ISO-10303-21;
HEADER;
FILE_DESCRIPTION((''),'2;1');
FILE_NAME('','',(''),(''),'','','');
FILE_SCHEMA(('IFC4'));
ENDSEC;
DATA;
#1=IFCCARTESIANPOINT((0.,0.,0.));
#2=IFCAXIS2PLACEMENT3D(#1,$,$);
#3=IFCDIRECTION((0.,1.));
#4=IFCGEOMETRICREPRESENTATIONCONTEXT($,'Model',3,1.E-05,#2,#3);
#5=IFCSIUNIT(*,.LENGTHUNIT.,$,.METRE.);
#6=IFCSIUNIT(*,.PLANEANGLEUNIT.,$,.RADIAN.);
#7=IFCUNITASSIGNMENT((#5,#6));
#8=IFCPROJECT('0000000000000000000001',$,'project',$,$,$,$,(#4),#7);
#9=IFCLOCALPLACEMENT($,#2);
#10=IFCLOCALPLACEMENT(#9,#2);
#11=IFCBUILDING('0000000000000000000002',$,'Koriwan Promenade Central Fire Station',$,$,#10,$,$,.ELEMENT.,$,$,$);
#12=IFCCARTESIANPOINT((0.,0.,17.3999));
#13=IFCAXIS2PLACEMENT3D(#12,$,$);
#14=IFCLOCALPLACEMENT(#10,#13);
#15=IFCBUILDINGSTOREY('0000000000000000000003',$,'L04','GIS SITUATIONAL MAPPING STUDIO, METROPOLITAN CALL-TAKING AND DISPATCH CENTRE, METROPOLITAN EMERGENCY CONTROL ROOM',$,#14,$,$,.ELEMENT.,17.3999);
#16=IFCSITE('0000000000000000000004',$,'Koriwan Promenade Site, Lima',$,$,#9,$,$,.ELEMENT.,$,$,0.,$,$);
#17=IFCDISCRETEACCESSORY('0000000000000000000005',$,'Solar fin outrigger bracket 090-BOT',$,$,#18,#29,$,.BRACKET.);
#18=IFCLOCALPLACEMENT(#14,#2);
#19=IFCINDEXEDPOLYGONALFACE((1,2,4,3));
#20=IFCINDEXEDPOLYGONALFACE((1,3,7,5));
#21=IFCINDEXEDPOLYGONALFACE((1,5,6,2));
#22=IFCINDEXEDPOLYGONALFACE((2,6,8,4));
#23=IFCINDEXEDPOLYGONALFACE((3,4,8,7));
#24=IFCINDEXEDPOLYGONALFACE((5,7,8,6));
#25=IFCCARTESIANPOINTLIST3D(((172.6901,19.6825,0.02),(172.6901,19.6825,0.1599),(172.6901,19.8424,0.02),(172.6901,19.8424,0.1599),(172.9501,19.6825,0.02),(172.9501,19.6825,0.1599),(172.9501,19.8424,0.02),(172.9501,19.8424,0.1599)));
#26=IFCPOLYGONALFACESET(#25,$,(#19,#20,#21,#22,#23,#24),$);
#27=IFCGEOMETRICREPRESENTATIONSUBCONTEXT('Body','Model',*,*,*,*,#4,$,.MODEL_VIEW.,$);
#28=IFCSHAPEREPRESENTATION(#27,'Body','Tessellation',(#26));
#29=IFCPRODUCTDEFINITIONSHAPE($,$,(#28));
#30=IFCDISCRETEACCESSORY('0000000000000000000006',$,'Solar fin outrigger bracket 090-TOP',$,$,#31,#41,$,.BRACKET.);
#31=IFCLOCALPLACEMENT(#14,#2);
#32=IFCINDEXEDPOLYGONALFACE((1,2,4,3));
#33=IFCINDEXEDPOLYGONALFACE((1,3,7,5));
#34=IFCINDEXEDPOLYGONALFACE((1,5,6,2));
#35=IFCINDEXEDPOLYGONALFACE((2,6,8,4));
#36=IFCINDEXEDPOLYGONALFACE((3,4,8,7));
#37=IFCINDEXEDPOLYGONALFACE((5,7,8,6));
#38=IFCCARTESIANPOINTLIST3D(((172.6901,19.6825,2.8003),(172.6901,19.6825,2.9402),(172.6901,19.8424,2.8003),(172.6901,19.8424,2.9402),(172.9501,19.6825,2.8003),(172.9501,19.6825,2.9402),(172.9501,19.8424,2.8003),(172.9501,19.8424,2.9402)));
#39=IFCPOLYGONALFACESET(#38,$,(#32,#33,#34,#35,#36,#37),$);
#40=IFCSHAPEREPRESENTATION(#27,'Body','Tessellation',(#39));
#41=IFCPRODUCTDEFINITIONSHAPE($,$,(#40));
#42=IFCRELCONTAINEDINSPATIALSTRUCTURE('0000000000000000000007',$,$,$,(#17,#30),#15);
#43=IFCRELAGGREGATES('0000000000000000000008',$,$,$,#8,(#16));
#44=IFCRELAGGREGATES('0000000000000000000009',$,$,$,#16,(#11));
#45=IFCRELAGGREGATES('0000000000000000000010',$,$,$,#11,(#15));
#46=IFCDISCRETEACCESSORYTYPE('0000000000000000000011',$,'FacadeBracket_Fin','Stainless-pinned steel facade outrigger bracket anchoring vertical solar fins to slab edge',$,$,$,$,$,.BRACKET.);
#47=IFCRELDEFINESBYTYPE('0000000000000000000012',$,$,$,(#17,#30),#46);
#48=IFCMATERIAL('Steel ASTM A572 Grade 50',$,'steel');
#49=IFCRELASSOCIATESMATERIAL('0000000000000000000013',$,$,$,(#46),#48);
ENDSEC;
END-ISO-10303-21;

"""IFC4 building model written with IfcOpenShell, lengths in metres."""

from ifc_helpers import new_model, si_unit, direction, frame, origin, origin_2d, place, context, subcontext, project, spatial, rectangle, extrude, material, type_object, element, save


model = new_model("IFC4")

# Units and contexts
model_context = context("Model", 3, precision=1e-05, world=origin(), true_north=direction((0.0, 1.0)))
body_context = subcontext(model_context, "Body", "Model", "MODEL_VIEW")
ifc_project = project(units=[si_unit("LENGTHUNIT", "METRE"), si_unit("PLANEANGLEUNIT", "RADIAN")], contexts=[model_context])

# Site, building, storey
site_placement = place(None, origin())
site = spatial("IfcSite", under=ifc_project, at=site_placement, Name="Koriwan Promenade Site, Lima", CompositionType="ELEMENT", RefElevation=0.0)
building_placement = place(site_placement, origin())
building = spatial("IfcBuilding", under=site, at=building_placement, Name="Koriwan Promenade Central Fire Station", CompositionType="ELEMENT")
storey_placement = place(building_placement, frame((0.0, 0.0, 17.3999)))
storey = spatial("IfcBuildingStorey", under=building, at=storey_placement, Name="L04", Description="GIS SITUATIONAL MAPPING STUDIO, METROPOLITAN CALL-TAKING AND DISPATCH CENTRE, METROPOLITAN EMERGENCY CONTROL ROOM", CompositionType="ELEMENT", Elevation=17.3999)

# Discrete accessories
ifc_material_1 = material(Name="Steel ASTM A572 Grade 50", Category="steel")
discrete_accessory_type = type_object("IfcDiscreteAccessoryType", Name="FacadeBracket_Fin", Description="Stainless-pinned steel facade outrigger bracket anchoring vertical solar fins to slab edge", PredefinedType="BRACKET", material=ifc_material_1)
for number, where, z_axis, x_axis, name in (
    (1, (172.8201, 19.7625, 0.02), (0.0, 0.0, 1.0), (1.0, 0.0, 0.0), "Solar fin outrigger bracket 090-BOT"),
    (2, (172.8201, 19.7625, 2.8003), (0.0, 0.0, 1.0), (1.0, 0.0, 0.0), "Solar fin outrigger bracket 090-TOP"),
):
    element("IfcDiscreteAccessory", number, at=place(storey_placement, frame(where, z_axis=z_axis, x_axis=x_axis)), inside=storey, type_object=discrete_accessory_type, Name=name, PredefinedType="BRACKET", context=body_context, shape_type="SweptSolid", body=[
        extrude(rectangle(XDim=0.26, YDim=0.1599, at=origin_2d()), origin(), (0.0, 0.0, 1.0), 0.1399),
    ])

save(model, "model.ifc")
